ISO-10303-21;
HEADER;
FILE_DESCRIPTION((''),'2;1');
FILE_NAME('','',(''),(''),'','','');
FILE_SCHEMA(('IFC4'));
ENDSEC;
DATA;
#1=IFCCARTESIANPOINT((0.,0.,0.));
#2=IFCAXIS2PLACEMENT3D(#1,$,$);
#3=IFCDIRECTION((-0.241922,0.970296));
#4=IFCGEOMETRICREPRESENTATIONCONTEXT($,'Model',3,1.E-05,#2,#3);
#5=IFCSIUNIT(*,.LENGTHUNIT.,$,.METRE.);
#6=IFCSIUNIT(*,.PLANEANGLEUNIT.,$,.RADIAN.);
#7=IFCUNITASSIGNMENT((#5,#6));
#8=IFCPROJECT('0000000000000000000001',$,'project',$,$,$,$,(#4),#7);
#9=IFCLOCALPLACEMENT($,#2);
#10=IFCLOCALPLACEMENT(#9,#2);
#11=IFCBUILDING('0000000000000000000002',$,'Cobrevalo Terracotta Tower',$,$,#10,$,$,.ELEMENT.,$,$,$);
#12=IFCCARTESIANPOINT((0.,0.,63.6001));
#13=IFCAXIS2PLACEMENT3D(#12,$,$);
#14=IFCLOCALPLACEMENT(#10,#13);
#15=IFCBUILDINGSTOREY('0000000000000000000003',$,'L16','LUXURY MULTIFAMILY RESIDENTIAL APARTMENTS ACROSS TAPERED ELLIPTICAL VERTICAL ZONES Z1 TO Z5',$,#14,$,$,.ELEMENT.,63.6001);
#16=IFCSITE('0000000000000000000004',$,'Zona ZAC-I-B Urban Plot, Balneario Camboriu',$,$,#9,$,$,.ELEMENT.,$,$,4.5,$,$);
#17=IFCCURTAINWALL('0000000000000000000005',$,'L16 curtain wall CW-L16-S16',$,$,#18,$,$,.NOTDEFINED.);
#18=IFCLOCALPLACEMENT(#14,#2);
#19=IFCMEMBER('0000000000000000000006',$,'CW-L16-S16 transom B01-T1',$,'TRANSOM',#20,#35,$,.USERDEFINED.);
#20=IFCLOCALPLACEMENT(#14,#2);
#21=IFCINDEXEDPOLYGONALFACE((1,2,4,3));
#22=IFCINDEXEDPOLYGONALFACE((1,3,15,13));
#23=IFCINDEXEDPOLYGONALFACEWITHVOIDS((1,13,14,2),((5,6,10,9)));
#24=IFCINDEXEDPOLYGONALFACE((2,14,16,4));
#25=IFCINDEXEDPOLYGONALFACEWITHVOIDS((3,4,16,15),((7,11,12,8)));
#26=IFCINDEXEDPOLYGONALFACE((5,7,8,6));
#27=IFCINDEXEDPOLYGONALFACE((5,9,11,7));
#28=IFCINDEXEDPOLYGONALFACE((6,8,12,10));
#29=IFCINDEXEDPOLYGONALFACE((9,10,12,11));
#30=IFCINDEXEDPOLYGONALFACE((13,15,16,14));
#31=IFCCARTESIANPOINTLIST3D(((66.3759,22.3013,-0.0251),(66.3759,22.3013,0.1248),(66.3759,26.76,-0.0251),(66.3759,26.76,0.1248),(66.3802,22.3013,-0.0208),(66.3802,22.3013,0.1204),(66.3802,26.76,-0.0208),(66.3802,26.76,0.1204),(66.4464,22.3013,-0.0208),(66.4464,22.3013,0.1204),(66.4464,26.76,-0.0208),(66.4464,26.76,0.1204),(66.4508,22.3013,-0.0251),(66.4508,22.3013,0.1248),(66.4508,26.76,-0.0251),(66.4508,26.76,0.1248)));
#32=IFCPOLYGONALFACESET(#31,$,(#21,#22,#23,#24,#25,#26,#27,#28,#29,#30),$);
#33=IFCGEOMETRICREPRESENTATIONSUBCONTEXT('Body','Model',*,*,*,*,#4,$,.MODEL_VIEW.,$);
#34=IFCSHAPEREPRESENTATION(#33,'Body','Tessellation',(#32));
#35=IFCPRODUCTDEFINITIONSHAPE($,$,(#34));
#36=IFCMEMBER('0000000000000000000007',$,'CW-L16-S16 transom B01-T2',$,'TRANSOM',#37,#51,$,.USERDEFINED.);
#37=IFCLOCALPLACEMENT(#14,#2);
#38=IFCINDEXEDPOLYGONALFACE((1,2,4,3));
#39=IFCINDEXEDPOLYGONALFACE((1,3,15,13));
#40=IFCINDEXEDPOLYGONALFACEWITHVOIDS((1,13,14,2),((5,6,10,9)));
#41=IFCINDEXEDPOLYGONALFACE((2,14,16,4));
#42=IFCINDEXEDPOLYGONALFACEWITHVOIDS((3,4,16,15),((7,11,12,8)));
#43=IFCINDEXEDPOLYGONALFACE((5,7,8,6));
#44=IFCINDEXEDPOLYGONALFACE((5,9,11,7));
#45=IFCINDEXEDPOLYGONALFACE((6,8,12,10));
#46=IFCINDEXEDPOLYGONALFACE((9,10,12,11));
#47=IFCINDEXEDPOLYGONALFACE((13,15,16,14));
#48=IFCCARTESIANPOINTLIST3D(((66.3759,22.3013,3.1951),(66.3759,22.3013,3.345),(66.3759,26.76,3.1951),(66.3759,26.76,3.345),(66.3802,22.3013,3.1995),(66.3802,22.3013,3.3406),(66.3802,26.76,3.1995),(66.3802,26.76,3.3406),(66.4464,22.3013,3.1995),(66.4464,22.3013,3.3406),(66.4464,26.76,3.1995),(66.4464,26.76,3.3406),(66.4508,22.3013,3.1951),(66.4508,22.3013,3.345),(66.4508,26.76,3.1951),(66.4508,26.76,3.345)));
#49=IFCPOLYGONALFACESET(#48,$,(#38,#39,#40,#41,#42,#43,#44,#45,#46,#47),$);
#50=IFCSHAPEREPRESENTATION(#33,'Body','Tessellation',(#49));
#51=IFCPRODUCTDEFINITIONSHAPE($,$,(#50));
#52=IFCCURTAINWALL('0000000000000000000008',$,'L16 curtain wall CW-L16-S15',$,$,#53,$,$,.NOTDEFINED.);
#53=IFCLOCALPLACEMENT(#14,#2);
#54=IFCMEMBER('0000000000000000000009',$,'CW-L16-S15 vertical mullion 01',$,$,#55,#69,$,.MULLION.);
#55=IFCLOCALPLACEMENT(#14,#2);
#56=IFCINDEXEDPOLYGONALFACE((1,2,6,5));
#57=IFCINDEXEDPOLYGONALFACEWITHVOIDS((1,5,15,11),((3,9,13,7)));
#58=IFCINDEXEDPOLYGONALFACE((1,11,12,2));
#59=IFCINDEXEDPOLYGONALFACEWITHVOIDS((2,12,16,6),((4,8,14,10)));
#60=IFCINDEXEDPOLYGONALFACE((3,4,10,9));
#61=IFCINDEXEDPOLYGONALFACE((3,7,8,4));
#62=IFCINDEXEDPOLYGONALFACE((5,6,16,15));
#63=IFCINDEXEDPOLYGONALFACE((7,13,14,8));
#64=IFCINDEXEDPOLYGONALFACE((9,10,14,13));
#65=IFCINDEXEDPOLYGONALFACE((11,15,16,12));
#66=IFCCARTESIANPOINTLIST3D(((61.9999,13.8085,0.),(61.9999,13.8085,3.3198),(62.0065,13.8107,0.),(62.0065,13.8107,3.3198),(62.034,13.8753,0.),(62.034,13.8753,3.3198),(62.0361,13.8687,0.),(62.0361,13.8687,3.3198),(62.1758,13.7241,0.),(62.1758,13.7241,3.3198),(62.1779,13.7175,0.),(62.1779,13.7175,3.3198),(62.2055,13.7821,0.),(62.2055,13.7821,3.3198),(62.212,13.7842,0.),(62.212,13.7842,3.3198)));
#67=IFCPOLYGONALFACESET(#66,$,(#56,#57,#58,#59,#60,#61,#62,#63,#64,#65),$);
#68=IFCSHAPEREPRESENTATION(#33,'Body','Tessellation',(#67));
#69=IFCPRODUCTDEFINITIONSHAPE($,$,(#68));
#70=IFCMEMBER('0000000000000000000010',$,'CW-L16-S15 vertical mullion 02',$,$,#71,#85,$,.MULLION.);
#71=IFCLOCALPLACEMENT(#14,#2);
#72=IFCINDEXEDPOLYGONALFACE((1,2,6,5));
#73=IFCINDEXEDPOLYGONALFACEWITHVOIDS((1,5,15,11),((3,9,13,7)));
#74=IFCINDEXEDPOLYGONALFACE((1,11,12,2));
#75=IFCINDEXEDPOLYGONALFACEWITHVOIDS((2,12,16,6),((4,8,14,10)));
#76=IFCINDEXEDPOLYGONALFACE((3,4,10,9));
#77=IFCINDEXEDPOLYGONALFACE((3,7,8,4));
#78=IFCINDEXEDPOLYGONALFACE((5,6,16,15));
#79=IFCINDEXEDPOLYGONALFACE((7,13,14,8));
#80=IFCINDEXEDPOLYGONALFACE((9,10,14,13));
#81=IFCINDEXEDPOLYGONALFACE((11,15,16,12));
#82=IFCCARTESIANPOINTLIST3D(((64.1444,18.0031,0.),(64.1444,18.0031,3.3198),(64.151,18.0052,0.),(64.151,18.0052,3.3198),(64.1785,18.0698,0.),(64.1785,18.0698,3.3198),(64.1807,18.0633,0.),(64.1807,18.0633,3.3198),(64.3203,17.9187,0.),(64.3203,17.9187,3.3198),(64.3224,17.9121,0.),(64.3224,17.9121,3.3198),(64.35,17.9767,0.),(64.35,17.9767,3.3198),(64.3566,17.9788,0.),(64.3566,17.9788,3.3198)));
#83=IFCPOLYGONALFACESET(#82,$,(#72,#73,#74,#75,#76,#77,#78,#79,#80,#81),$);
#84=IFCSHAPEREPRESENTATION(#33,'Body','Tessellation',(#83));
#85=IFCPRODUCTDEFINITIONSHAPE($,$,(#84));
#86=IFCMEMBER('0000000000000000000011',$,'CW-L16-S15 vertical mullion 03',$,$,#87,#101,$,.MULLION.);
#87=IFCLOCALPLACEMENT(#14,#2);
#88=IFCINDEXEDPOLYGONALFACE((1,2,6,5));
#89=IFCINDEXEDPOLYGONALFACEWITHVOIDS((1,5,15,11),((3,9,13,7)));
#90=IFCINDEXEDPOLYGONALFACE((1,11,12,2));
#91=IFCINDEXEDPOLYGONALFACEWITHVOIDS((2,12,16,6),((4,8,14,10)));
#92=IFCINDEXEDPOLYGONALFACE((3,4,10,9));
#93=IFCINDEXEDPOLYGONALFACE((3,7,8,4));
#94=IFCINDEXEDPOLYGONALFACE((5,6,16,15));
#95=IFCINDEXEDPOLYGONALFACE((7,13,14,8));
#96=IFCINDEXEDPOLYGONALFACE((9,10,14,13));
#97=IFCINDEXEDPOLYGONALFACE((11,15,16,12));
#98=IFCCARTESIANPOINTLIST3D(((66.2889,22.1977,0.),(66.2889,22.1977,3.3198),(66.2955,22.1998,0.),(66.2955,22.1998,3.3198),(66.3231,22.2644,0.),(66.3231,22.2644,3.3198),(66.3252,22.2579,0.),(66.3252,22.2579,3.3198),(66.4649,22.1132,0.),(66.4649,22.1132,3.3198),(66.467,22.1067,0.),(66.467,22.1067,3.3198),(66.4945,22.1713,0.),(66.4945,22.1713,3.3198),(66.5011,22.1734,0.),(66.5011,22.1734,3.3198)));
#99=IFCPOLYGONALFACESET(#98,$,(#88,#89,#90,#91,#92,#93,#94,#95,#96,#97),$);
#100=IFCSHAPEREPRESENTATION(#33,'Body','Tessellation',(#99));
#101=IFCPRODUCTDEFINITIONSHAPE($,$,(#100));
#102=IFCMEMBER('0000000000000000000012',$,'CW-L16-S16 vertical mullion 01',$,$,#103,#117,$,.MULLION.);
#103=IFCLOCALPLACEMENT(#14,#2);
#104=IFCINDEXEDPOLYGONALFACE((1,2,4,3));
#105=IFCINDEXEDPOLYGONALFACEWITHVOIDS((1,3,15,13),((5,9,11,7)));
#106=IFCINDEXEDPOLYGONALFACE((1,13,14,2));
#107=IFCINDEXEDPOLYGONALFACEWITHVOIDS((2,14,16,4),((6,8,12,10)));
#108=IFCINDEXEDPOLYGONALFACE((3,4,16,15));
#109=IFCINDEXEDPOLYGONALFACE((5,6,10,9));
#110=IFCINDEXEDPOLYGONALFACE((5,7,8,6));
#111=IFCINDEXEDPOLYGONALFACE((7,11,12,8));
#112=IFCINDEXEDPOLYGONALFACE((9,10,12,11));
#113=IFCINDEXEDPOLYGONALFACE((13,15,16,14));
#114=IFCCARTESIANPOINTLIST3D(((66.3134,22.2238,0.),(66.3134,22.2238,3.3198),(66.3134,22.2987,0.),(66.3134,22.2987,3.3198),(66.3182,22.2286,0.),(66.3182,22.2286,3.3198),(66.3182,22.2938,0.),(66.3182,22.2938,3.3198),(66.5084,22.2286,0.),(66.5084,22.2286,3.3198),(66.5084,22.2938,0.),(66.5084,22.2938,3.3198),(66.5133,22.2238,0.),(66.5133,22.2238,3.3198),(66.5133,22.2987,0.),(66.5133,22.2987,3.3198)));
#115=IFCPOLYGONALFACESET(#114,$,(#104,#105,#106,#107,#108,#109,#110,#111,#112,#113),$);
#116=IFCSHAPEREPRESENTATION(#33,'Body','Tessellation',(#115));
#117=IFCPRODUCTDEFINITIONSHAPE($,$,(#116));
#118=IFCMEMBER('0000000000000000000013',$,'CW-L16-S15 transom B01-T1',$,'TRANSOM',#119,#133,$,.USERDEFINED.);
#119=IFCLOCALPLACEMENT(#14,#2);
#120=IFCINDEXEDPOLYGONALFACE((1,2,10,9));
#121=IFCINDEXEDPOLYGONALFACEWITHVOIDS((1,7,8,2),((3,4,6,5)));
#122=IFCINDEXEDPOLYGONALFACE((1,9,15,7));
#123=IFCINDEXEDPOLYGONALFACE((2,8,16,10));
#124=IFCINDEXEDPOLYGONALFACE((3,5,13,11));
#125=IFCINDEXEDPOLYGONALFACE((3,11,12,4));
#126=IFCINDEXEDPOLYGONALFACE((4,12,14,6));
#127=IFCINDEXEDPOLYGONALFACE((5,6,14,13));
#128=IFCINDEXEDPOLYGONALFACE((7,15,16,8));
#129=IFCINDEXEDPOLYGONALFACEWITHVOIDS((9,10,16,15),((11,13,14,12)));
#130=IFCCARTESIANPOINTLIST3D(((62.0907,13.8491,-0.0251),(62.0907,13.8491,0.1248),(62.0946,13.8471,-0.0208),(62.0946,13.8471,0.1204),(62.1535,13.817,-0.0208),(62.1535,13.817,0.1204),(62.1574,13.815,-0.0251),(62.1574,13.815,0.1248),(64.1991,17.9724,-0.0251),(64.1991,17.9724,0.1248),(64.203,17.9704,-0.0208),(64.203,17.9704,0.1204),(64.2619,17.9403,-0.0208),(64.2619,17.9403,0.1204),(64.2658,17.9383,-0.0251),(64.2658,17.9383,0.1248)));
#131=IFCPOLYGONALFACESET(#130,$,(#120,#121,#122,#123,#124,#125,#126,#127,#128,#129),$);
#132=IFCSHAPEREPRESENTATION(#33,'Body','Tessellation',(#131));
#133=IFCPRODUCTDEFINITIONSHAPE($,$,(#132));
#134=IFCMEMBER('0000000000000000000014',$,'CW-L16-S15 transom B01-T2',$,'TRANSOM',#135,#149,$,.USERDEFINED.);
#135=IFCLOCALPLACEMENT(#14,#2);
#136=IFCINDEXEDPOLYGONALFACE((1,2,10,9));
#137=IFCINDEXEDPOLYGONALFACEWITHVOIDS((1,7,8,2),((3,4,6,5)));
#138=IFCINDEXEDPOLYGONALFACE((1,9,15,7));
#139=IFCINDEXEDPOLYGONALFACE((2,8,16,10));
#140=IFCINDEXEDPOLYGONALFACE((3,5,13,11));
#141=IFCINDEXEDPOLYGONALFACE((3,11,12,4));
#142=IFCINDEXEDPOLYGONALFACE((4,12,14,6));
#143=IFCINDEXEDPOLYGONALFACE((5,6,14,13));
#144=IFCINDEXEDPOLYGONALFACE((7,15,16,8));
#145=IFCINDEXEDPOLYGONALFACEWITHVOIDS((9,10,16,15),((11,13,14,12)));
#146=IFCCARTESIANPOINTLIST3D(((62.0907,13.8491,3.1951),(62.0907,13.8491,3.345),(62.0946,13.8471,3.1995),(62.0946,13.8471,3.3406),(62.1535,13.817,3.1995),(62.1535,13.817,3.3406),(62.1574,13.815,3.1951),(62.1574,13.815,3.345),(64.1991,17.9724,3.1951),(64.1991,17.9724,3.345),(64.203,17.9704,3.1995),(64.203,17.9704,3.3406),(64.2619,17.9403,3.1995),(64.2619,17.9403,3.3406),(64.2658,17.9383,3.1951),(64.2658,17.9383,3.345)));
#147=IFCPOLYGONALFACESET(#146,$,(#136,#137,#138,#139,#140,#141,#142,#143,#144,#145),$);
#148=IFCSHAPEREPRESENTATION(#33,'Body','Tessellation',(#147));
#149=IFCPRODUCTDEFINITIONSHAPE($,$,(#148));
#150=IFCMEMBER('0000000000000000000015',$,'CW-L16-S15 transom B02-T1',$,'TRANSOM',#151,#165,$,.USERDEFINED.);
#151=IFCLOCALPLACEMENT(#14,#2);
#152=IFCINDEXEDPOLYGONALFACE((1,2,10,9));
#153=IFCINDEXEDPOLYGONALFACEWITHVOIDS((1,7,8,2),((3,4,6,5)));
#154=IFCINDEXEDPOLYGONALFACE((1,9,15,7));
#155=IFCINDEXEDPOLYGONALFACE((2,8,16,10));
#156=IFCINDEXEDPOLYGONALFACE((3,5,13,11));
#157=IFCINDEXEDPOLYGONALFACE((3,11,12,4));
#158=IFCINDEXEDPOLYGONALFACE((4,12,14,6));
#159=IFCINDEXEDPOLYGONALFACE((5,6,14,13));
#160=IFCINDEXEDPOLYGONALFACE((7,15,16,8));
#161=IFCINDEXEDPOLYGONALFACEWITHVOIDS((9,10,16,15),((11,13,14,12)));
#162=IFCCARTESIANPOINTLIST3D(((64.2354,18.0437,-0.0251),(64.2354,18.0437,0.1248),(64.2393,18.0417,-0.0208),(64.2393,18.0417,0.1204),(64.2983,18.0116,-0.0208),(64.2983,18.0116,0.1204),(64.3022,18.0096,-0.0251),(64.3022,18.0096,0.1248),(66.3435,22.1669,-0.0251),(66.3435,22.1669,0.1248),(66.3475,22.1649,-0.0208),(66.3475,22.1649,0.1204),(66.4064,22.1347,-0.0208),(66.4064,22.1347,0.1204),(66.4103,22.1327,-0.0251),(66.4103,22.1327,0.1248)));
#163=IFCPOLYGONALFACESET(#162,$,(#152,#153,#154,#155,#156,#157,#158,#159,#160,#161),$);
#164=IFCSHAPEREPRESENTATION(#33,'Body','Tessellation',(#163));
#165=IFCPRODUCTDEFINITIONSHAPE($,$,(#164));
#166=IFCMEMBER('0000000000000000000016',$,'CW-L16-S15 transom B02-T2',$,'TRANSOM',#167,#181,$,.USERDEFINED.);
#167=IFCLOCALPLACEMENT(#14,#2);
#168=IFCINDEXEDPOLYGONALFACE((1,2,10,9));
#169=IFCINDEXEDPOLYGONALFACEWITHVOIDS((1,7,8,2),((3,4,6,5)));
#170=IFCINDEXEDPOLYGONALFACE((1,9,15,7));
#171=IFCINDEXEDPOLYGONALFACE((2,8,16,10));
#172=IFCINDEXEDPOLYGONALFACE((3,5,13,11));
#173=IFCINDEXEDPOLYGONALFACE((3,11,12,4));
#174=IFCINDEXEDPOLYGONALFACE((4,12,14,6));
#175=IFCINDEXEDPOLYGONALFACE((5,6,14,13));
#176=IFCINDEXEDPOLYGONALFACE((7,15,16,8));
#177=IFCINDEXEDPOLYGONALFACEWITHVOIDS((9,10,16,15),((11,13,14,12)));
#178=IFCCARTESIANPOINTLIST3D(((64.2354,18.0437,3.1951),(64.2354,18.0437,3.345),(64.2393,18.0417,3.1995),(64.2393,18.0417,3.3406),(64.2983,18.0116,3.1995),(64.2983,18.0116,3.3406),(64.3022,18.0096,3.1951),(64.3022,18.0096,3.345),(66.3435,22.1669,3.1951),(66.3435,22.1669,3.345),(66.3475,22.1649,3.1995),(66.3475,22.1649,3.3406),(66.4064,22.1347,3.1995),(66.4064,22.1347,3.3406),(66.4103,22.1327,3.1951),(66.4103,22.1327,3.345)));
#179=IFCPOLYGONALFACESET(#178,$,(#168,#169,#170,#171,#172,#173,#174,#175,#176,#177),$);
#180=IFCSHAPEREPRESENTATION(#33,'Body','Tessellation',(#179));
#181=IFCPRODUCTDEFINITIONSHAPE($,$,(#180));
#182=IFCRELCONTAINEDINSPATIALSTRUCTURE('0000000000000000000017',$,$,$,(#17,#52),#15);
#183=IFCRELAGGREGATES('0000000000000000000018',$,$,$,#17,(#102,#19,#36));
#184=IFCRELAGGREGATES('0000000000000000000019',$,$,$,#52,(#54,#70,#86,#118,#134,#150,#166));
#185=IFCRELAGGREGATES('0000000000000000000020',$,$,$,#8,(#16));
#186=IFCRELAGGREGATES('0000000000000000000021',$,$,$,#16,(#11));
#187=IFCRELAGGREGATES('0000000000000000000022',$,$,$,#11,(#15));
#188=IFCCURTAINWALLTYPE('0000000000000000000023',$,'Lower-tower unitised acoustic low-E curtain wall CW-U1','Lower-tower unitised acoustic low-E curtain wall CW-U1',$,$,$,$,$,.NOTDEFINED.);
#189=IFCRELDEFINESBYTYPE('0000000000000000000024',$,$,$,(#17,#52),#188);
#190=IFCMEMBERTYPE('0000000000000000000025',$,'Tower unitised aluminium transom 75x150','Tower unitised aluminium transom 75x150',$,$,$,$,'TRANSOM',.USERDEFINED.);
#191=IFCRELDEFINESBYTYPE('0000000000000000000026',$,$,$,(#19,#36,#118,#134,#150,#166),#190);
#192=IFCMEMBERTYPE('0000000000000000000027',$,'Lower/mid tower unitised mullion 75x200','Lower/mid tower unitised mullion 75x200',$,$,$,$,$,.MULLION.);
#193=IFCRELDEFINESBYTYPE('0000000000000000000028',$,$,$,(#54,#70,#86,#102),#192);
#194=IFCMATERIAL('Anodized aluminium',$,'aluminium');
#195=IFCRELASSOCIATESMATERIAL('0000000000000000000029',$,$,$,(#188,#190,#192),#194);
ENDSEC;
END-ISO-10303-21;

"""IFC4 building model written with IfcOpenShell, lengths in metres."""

from ifc_helpers import new_model, si_unit, direction, frame, origin, origin_2d, place, context, subcontext, project, spatial, hollow_rectangle, extrude, source, transform, mapped, material, material_profile, profile_set, type_object, element, aggregate, save


model = new_model("IFC4")

# Units and contexts
model_context = context("Model", 3, precision=1e-05, world=origin(), true_north=direction((-0.241922, 0.970296)))
body_context = subcontext(model_context, "Body", "Model", "MODEL_VIEW")
ifc_project = project(units=[si_unit("LENGTHUNIT", "METRE"), si_unit("PLANEANGLEUNIT", "RADIAN")], contexts=[model_context])

# Site, building, storey
site_placement = place(None, origin())
site = spatial("IfcSite", under=ifc_project, at=site_placement, Name="Zona ZAC-I-B Urban Plot, Balneario Camboriu", CompositionType="ELEMENT", RefElevation=4.5)
building_placement = place(site_placement, origin())
building = spatial("IfcBuilding", under=site, at=building_placement, Name="Cobrevalo Terracotta Tower", CompositionType="ELEMENT")
storey_placement = place(building_placement, frame((0.0, 0.0, 63.6001)))
storey = spatial("IfcBuildingStorey", under=building, at=storey_placement, Name="L16", Description="LUXURY MULTIFAMILY RESIDENTIAL APARTMENTS ACROSS TAPERED ELLIPTICAL VERTICAL ZONES Z1 TO Z5", CompositionType="ELEMENT", Elevation=63.6001)

# Curtain walls, members
ifc_material_1 = material(Name="Anodized aluminium", Category="aluminium")
curtain_wall_type = type_object("IfcCurtainWallType", Name="Lower-tower unitised acoustic low-E curtain wall CW-U1", Description="Lower-tower unitised acoustic low-E curtain wall CW-U1", PredefinedType="NOTDEFINED", material=ifc_material_1)
curtain_wall_1_placement = place(storey_placement, origin())
curtain_wall_1 = element("IfcCurtainWall", 1, at=curtain_wall_1_placement, inside=storey, type_object=curtain_wall_type, Name="L16 curtain wall CW-L16-S16", PredefinedType="NOTDEFINED")
ifc_material_profile_1 = material_profile(ifc_material_1, hollow_rectangle(XDim=0.075, YDim=0.1499, WallThickness=0.0044, at=origin_2d()), Name="CWT 75x150")
ifc_profile_set_1 = profile_set([ifc_material_profile_1], Name="Anodized aluminium")
member_type_1 = type_object("IfcMemberType", Name="Tower unitised aluminium transom 75x150", Description="Tower unitised aluminium transom 75x150", ElementType="TRANSOM", PredefinedType="USERDEFINED", material=ifc_profile_set_1)
shared_shape_1 = source(origin(), body_context, "Body", "SweptSolid", [
    extrude(hollow_rectangle(XDim=0.075, YDim=0.1499, WallThickness=0.0044, at=origin_2d()), origin(), (0.0, 0.0, 1.0), 4.4587),
])
member_1_placement = place(storey_placement, frame((66.4133, 22.3013, 0.0498), z_axis=(0.0, 1.0, 0.0), x_axis=(-1.0, 0.0, 0.0)))
member_1 = element("IfcMember", 2, at=member_1_placement, type_object=member_type_1, Name="CW-L16-S16 transom B01-T1", ObjectType="TRANSOM", PredefinedType="USERDEFINED", context=body_context, shape_type="MappedRepresentation", body=[
    mapped(shared_shape_1, transform((0.0, 0.0, 0.0), scale=1.0)),
])
member_2_placement = place(storey_placement, frame((66.4133, 22.3013, 3.27), z_axis=(0.0, 1.0, 0.0), x_axis=(-1.0, 0.0, 0.0)))
member_2 = element("IfcMember", 3, at=member_2_placement, type_object=member_type_1, Name="CW-L16-S16 transom B01-T2", ObjectType="TRANSOM", PredefinedType="USERDEFINED", context=body_context, shape_type="MappedRepresentation", body=[
    mapped(shared_shape_1, transform((0.0, 0.0, 0.0), scale=1.0)),
])
curtain_wall_2_placement = place(storey_placement, origin())
curtain_wall_2 = element("IfcCurtainWall", 4, at=curtain_wall_2_placement, inside=storey, type_object=curtain_wall_type, Name="L16 curtain wall CW-L16-S15", PredefinedType="NOTDEFINED")
ifc_material_profile_2 = material_profile(ifc_material_1, hollow_rectangle(XDim=0.075, YDim=0.2, WallThickness=0.0049, at=origin_2d()), Name="CWM 75x200")
ifc_profile_set_2 = profile_set([ifc_material_profile_2], Name="Anodized aluminium")
member_type_2 = type_object("IfcMemberType", Name="Lower/mid tower unitised mullion 75x200", Description="Lower/mid tower unitised mullion 75x200", PredefinedType="MULLION", material=ifc_profile_set_2)
shared_shape_2 = source(origin(), body_context, "Body", "SweptSolid", [
    extrude(hollow_rectangle(XDim=0.075, YDim=0.2, WallThickness=0.0049, at=origin_2d()), origin(), (0.0, 0.0, 1.0), 3.3198),
])
member_3_placement = place(storey_placement, frame((62.106, 13.7964, 0.0), z_axis=(0.0, 0.0, 1.0), x_axis=(0.455234, 0.890372, 0.0)))
member_3 = element("IfcMember", 5, at=member_3_placement, type_object=member_type_2, Name="CW-L16-S15 vertical mullion 01", PredefinedType="MULLION", context=body_context, shape_type="MappedRepresentation", body=[
    mapped(shared_shape_2, transform((0.0, 0.0, 0.0), scale=1.0)),
])
member_4_placement = place(storey_placement, frame((64.2505, 17.991, 0.0), z_axis=(0.0, 0.0, 1.0), x_axis=(0.455234, 0.890372, 0.0)))
member_4 = element("IfcMember", 6, at=member_4_placement, type_object=member_type_2, Name="CW-L16-S15 vertical mullion 02", PredefinedType="MULLION", context=body_context, shape_type="MappedRepresentation", body=[
    mapped(shared_shape_2, transform((0.0, 0.0, 0.0), scale=1.0)),
])
member_5_placement = place(storey_placement, frame((66.395, 22.1855, 0.0), z_axis=(0.0, 0.0, 1.0), x_axis=(0.455234, 0.890372, 0.0)))
member_5 = element("IfcMember", 7, at=member_5_placement, type_object=member_type_2, Name="CW-L16-S15 vertical mullion 03", PredefinedType="MULLION", context=body_context, shape_type="MappedRepresentation", body=[
    mapped(shared_shape_2, transform((0.0, 0.0, 0.0), scale=1.0)),
])

# Members
member_6_placement = place(storey_placement, frame((66.4133, 22.2612, 0.0), z_axis=(0.0, 0.0, 1.0), x_axis=(0.0, 1.0, 0.0)))
member_6 = element("IfcMember", 8, at=member_6_placement, type_object=member_type_2, Name="CW-L16-S16 vertical mullion 01", PredefinedType="MULLION", context=body_context, shape_type="MappedRepresentation", body=[
    mapped(shared_shape_2, transform((0.0, 0.0, 0.0), scale=1.0)),
])
shared_shape_3 = source(origin(), body_context, "Body", "SweptSolid", [
    extrude(hollow_rectangle(XDim=0.075, YDim=0.1499, WallThickness=0.0044, at=origin_2d()), origin(), (0.0, 0.0, 1.0), 4.6311),
])
member_7_placement = place(storey_placement, frame((62.124, 13.832, 0.0498), z_axis=(0.455272, 0.890353, 0.0), x_axis=(-0.890353, 0.455272, 0.0)))
member_7 = element("IfcMember", 9, at=member_7_placement, type_object=member_type_1, Name="CW-L16-S15 transom B01-T1", ObjectType="TRANSOM", PredefinedType="USERDEFINED", context=body_context, shape_type="MappedRepresentation", body=[
    mapped(shared_shape_3, transform((0.0, 0.0, 0.0), scale=1.0)),
])
member_8_placement = place(storey_placement, frame((62.124, 13.832, 3.27), z_axis=(0.455272, 0.890353, 0.0), x_axis=(-0.890353, 0.455272, 0.0)))
member_8 = element("IfcMember", 10, at=member_8_placement, type_object=member_type_1, Name="CW-L16-S15 transom B01-T2", ObjectType="TRANSOM", PredefinedType="USERDEFINED", context=body_context, shape_type="MappedRepresentation", body=[
    mapped(shared_shape_3, transform((0.0, 0.0, 0.0), scale=1.0)),
])
shared_shape_4 = source(origin(), body_context, "Body", "SweptSolid", [
    extrude(hollow_rectangle(XDim=0.075, YDim=0.1499, WallThickness=0.0044, at=origin_2d()), origin(), (0.0, 0.0, 1.0), 4.6309),
])
member_9_placement = place(storey_placement, frame((64.2688, 18.0266, 0.0498), z_axis=(0.45523, 0.890374, 0.0), x_axis=(-0.890374, 0.45523, 0.0)))
member_9 = element("IfcMember", 11, at=member_9_placement, type_object=member_type_1, Name="CW-L16-S15 transom B02-T1", ObjectType="TRANSOM", PredefinedType="USERDEFINED", context=body_context, shape_type="MappedRepresentation", body=[
    mapped(shared_shape_4, transform((0.0, 0.0, 0.0), scale=1.0)),
])
member_10_placement = place(storey_placement, frame((64.2688, 18.0266, 3.27), z_axis=(0.45523, 0.890374, 0.0), x_axis=(-0.890374, 0.45523, 0.0)))
member_10 = element("IfcMember", 12, at=member_10_placement, type_object=member_type_1, Name="CW-L16-S15 transom B02-T2", ObjectType="TRANSOM", PredefinedType="USERDEFINED", context=body_context, shape_type="MappedRepresentation", body=[
    mapped(shared_shape_4, transform((0.0, 0.0, 0.0), scale=1.0)),
])

aggregate(curtain_wall_1, [member_6, member_1, member_2])
aggregate(curtain_wall_2, [member_3, member_4, member_5, member_7, member_8, member_9, member_10])

save(model, "model.ifc")
